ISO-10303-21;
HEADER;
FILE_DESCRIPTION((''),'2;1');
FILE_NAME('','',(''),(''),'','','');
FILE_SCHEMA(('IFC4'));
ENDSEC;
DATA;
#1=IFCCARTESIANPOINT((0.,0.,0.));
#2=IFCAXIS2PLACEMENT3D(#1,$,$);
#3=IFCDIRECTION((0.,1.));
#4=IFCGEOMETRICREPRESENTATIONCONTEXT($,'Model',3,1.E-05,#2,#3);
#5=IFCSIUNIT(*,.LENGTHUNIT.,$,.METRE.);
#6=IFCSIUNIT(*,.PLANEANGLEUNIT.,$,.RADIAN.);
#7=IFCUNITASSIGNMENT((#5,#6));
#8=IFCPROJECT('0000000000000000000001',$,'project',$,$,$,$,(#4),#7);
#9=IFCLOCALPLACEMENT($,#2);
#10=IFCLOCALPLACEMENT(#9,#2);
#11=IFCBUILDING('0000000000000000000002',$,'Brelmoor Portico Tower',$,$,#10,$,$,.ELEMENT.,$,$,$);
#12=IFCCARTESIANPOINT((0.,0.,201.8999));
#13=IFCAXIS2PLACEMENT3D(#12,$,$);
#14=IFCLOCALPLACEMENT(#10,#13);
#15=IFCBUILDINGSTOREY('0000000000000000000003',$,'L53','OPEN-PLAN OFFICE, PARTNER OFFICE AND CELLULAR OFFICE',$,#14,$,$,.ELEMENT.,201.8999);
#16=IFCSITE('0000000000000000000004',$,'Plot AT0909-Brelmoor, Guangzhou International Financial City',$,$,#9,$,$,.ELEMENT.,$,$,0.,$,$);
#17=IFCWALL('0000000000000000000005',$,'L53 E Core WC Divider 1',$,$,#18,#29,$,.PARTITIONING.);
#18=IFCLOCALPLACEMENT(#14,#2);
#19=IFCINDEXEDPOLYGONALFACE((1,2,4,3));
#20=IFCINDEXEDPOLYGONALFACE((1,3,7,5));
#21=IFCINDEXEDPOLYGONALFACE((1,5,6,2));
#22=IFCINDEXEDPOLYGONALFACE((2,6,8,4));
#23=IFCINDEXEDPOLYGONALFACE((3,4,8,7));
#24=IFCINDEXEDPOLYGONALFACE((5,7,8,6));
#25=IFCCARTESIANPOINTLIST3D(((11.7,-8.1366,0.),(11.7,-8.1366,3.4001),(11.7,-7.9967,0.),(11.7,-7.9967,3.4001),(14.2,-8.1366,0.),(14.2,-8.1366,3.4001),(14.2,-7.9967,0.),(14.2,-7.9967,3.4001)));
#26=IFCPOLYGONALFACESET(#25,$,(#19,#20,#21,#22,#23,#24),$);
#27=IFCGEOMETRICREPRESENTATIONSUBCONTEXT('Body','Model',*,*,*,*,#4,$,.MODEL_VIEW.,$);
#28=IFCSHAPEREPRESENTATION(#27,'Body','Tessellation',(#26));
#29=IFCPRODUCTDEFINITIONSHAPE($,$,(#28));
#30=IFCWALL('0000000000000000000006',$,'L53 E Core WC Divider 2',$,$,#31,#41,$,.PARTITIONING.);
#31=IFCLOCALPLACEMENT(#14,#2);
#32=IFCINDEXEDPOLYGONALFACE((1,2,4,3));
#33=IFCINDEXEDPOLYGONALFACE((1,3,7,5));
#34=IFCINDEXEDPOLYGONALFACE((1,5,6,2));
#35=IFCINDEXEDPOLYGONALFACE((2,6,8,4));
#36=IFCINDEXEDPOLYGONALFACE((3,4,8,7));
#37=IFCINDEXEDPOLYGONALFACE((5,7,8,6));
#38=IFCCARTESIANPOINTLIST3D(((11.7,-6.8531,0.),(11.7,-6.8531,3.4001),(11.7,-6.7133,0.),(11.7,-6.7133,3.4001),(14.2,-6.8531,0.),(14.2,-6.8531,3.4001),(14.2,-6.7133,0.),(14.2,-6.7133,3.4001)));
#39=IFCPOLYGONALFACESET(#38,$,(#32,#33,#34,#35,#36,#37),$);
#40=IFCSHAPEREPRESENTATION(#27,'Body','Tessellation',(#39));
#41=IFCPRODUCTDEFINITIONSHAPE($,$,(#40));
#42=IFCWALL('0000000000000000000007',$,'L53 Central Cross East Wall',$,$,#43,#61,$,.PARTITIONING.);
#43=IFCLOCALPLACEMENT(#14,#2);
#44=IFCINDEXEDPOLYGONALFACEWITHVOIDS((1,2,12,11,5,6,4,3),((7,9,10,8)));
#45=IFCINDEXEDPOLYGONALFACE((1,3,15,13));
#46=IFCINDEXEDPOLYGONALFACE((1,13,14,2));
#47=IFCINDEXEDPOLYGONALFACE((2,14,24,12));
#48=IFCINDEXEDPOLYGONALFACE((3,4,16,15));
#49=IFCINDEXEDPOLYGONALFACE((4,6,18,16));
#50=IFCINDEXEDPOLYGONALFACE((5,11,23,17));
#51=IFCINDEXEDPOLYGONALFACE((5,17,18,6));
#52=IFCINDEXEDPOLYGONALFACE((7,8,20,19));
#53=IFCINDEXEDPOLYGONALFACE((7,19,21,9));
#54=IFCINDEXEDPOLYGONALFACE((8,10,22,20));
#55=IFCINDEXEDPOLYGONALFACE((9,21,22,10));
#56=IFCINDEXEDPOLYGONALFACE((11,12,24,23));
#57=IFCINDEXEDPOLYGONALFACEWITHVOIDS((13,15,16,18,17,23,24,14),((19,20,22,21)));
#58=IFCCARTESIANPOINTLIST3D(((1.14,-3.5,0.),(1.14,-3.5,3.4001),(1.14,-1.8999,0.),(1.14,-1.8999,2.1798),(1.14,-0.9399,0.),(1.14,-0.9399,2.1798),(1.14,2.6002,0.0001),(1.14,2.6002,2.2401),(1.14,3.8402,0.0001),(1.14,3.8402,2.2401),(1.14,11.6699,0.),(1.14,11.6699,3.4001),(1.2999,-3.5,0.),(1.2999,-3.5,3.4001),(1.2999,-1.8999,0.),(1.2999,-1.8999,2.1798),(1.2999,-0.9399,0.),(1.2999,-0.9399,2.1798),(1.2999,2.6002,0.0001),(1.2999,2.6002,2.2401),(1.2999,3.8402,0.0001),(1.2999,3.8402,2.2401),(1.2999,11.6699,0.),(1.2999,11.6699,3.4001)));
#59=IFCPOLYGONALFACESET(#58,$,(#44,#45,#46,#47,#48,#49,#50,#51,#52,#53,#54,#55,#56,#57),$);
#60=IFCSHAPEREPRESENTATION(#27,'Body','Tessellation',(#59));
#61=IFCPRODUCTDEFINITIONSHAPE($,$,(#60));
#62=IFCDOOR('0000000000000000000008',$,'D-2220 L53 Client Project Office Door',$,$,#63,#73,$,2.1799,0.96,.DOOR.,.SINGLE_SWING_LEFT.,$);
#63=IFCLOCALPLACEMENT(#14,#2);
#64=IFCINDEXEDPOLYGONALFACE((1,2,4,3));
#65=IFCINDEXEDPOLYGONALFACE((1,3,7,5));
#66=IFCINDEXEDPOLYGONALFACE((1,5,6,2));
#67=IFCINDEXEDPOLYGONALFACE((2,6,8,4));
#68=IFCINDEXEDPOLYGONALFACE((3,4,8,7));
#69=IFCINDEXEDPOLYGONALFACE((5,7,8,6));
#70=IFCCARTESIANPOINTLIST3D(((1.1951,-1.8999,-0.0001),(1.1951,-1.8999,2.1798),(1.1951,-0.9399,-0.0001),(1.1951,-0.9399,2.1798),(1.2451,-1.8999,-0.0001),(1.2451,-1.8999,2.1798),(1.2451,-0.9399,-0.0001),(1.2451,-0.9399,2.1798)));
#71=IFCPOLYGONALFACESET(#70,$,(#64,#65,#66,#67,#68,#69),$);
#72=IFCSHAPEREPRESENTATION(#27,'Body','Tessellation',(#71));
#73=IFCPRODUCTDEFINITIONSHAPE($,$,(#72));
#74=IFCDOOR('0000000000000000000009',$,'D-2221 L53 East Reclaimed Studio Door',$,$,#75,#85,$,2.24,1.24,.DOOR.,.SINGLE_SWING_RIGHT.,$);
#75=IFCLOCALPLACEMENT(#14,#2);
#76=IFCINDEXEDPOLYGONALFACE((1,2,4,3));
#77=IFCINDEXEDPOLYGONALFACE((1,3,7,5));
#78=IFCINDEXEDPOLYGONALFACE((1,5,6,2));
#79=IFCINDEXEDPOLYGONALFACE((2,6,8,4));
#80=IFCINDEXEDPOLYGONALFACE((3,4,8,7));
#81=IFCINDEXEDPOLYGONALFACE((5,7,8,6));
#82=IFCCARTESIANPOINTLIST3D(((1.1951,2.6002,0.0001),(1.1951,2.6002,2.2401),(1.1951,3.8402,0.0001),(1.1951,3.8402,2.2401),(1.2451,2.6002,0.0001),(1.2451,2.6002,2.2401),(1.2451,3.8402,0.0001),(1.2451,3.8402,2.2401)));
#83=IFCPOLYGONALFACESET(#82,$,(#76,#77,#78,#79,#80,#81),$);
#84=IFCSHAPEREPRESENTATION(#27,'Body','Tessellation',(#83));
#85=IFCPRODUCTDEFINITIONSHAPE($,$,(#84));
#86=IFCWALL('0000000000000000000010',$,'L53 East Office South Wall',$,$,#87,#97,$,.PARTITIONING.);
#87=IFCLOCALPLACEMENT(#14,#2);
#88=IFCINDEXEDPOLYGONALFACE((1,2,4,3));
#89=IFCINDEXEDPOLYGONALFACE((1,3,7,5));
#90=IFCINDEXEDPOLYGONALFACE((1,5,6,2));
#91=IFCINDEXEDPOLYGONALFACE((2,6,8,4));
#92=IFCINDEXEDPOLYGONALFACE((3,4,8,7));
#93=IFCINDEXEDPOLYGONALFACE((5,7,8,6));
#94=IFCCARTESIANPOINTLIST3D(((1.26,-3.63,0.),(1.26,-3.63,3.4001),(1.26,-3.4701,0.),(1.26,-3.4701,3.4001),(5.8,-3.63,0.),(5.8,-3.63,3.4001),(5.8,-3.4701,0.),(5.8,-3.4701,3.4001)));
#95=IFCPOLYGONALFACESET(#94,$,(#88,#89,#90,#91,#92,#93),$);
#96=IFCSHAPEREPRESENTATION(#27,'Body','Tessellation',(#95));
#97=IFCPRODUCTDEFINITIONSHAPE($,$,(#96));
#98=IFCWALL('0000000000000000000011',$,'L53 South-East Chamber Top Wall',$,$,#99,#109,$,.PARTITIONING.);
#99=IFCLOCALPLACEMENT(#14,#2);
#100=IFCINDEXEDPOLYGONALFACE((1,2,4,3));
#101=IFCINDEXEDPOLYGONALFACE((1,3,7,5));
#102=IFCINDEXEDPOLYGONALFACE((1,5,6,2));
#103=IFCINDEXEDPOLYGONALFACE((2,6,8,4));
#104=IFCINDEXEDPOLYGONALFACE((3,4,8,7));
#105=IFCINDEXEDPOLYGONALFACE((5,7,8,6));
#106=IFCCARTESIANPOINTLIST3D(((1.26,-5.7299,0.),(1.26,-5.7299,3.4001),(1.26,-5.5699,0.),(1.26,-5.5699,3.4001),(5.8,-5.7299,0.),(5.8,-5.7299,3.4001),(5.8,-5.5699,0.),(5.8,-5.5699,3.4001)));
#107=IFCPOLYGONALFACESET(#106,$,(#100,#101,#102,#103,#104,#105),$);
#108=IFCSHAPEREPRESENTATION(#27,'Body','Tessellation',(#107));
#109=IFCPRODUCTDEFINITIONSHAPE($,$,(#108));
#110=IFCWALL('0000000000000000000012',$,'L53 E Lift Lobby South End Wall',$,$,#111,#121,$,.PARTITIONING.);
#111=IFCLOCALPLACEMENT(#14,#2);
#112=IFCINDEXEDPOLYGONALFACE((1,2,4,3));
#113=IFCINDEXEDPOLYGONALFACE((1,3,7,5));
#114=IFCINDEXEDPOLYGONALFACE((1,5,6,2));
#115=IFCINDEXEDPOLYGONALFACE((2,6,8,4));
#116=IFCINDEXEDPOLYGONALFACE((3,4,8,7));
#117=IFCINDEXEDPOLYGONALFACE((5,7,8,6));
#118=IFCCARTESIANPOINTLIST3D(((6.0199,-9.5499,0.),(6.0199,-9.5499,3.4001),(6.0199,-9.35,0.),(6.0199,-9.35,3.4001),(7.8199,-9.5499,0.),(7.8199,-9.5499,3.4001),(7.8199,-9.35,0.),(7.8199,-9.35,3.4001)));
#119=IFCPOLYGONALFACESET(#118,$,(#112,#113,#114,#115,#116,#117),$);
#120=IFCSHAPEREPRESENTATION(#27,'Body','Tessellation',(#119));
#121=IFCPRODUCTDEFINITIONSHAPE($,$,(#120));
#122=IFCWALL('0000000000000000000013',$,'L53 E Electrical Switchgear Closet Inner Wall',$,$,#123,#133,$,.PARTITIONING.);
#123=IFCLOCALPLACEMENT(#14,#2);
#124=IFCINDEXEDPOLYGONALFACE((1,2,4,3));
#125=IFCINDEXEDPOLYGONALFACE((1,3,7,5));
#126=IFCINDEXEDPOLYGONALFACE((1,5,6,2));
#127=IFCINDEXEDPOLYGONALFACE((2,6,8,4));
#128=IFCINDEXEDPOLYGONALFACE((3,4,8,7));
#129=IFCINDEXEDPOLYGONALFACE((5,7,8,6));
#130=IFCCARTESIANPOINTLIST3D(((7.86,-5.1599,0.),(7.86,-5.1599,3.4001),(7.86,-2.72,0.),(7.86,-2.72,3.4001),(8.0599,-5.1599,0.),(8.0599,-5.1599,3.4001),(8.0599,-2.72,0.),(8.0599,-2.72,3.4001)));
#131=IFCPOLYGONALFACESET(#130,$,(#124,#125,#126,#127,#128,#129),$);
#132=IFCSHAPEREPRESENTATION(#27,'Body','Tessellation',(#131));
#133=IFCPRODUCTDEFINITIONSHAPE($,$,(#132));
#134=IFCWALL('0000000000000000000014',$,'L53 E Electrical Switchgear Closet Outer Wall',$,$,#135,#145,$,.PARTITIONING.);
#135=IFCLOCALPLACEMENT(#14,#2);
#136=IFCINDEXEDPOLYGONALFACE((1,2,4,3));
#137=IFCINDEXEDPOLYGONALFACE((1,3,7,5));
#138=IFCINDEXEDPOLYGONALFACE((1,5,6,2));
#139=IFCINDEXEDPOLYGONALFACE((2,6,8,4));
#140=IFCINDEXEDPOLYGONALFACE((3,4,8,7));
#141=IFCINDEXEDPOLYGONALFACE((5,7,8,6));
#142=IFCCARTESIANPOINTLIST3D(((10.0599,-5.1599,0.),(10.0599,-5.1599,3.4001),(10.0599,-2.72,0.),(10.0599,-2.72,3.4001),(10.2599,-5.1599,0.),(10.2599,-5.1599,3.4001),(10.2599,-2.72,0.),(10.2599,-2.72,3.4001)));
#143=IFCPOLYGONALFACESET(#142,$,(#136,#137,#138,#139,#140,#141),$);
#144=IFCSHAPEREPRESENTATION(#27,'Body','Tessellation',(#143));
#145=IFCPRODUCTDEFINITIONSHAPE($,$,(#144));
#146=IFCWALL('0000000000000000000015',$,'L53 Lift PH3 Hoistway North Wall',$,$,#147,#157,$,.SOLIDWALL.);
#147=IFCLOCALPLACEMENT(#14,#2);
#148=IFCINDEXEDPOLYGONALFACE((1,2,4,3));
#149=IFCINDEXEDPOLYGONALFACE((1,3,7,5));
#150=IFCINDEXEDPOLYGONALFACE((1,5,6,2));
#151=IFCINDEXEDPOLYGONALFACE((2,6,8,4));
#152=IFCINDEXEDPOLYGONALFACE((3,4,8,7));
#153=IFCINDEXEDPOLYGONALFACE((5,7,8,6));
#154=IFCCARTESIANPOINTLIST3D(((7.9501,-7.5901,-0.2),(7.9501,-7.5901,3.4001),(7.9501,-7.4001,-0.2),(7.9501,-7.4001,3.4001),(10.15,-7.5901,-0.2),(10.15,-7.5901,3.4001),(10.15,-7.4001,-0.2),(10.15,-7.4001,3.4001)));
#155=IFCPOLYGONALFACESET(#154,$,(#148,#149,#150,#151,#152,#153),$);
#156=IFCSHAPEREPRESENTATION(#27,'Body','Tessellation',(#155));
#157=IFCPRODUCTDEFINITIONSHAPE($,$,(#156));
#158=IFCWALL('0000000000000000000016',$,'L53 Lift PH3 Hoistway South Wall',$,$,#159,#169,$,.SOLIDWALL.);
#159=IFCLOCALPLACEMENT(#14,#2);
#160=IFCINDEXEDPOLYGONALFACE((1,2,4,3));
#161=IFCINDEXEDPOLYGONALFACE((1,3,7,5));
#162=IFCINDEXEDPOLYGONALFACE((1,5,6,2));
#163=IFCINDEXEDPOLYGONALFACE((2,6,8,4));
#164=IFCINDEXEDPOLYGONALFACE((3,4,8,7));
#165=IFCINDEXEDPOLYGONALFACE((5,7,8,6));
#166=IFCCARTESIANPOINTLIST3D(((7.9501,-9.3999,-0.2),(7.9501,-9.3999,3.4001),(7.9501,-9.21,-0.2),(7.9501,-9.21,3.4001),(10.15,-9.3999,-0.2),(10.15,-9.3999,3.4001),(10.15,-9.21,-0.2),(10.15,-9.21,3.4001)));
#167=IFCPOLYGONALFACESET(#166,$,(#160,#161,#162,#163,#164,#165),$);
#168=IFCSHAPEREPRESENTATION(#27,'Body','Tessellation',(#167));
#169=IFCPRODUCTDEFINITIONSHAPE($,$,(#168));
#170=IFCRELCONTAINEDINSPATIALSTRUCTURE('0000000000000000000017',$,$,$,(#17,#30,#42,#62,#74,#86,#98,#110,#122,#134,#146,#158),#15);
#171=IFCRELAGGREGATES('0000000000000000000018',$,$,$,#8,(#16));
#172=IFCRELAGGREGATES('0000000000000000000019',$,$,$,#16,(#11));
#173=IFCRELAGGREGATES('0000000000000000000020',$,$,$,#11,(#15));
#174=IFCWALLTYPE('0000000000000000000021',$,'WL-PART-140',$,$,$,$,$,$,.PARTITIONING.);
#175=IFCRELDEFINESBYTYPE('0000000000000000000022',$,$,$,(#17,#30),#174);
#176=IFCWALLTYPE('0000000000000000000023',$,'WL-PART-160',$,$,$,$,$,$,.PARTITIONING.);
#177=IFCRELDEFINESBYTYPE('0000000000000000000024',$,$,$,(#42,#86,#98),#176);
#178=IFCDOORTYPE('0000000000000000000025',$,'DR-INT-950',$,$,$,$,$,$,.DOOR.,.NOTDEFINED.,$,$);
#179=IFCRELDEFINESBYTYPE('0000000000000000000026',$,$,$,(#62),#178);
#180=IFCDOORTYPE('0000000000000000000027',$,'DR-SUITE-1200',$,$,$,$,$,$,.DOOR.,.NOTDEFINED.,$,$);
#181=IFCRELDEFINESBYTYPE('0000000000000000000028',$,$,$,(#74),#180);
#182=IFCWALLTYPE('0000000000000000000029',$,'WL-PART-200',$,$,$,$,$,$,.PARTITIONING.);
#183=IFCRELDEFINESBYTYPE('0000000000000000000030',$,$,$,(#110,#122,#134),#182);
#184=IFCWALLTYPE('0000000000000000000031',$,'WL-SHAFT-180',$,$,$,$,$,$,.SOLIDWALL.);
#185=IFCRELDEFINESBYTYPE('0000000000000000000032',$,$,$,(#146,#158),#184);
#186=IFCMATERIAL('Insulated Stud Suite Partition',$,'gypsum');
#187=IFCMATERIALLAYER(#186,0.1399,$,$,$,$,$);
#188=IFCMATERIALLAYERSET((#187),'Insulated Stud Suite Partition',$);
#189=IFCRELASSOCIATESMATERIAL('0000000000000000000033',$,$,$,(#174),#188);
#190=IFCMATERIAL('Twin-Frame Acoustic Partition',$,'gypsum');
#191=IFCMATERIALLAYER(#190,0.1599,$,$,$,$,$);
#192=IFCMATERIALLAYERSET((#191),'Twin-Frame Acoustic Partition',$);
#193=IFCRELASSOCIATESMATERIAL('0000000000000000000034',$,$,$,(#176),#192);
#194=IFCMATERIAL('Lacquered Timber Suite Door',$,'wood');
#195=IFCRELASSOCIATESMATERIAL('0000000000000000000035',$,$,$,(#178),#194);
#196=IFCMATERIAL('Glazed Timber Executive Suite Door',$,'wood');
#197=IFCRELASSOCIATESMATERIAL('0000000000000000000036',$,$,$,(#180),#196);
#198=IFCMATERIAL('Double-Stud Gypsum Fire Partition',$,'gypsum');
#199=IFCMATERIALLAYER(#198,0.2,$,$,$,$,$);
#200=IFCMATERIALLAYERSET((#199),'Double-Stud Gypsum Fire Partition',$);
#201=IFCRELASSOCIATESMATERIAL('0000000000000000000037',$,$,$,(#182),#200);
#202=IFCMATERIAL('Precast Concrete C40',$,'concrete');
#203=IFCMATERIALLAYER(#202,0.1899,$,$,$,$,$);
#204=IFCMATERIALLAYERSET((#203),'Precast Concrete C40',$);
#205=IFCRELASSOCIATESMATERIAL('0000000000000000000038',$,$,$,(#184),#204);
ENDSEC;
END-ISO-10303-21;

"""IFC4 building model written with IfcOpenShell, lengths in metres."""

from ifc_helpers import new_model, si_unit, direction, frame, frame_2d, origin, place, context, subcontext, project, spatial, rectangle, extrude, material, layer, layer_set, type_object, element, fill, save


model = new_model("IFC4")

# Units and contexts
model_context = context("Model", 3, precision=1e-05, world=origin(), true_north=direction((0.0, 1.0)))
body_context = subcontext(model_context, "Body", "Model", "MODEL_VIEW")
ifc_project = project(units=[si_unit("LENGTHUNIT", "METRE"), si_unit("PLANEANGLEUNIT", "RADIAN")], contexts=[model_context])

# Site, building, storey
site_placement = place(None, origin())
site = spatial("IfcSite", under=ifc_project, at=site_placement, Name="Plot AT0909-Brelmoor, Guangzhou International Financial City", CompositionType="ELEMENT", RefElevation=0.0)
building_placement = place(site_placement, origin())
building = spatial("IfcBuilding", under=site, at=building_placement, Name="Brelmoor Portico Tower", CompositionType="ELEMENT")
storey_placement = place(building_placement, frame((0.0, 0.0, 201.8999)))
storey = spatial("IfcBuildingStorey", under=building, at=storey_placement, Name="L53", Description="OPEN-PLAN OFFICE, PARTNER OFFICE AND CELLULAR OFFICE", CompositionType="ELEMENT", Elevation=201.8999)

# Walls
ifc_material_1 = material(Name="Insulated Stud Suite Partition", Category="gypsum")
ifc_layer_1 = layer(ifc_material_1, 0.1399)
ifc_layer_set_1 = layer_set([ifc_layer_1], Name="Insulated Stud Suite Partition")
wall_type_1 = type_object("IfcWallType", Name="WL-PART-140", PredefinedType="PARTITIONING", material=ifc_layer_set_1)
for number, where, z_axis, x_axis, name in (
    (1, (11.7, -8.0667, 0.0), (0.0, 0.0, 1.0), (1.0, 0.0, 0.0), "L53 E Core WC Divider 1"),
    (2, (11.7, -6.7832, 0.0), (0.0, 0.0, 1.0), (1.0, 0.0, 0.0), "L53 E Core WC Divider 2"),
):
    element("IfcWall", number, at=place(storey_placement, frame(where, z_axis=z_axis, x_axis=x_axis)), inside=storey, type_object=wall_type_1, Name=name, PredefinedType="PARTITIONING", context=body_context, shape_type="SweptSolid", body=[
        extrude(rectangle(XDim=2.5, YDim=0.1399, at=frame_2d((1.25, 0.0))), origin(), (0.0, 0.0, 1.0), 3.4001),
    ])

# Wall, openings, doors
ifc_material_2 = material(Name="Twin-Frame Acoustic Partition", Category="gypsum")
ifc_layer_2 = layer(ifc_material_2, 0.1599)
ifc_layer_set_2 = layer_set([ifc_layer_2], Name="Twin-Frame Acoustic Partition")
wall_type_2 = type_object("IfcWallType", Name="WL-PART-160", PredefinedType="PARTITIONING", material=ifc_layer_set_2)
wall_1_placement = place(storey_placement, frame((1.22, -3.5, 0.0), z_axis=(0.0, 0.0, 1.0), x_axis=(0.0, 1.0, 0.0)))
wall_1 = element("IfcWall", 3, at=wall_1_placement, inside=storey, type_object=wall_type_2, Name="L53 Central Cross East Wall", PredefinedType="PARTITIONING", context=body_context, shape_type="SweptSolid", body=[
    extrude(rectangle(XDim=15.1699, YDim=0.1599, at=frame_2d((7.585, 0.0))), origin(), (0.0, 0.0, 1.0), 3.4001),
])
opening_1_placement = place(wall_1_placement, frame((6.1001, 0.0, 0.0)))
opening_1 = element("IfcOpeningElement", 4, at=opening_1_placement, cuts=wall_1, PredefinedType="OPENING", context=body_context, shape_type="SweptSolid", body=[
    extrude(rectangle(XDim=1.24, YDim=2.24, at=frame_2d((0.6201, 1.1201))), frame((0.0, 0.0898, 0.0), z_axis=(0.0, -1.0, 0.0), x_axis=(1.0, 0.0, 0.0)), (0.0, 0.0, 1.0), 0.1799),
])
opening_2_placement = place(wall_1_placement, frame((1.6001, 0.0, 0.0)))
opening_2 = element("IfcOpeningElement", 5, at=opening_2_placement, cuts=wall_1, PredefinedType="OPENING", context=body_context, shape_type="SweptSolid", body=[
    extrude(rectangle(XDim=0.96, YDim=2.1799, at=frame_2d((0.48, 1.0898))), frame((0.0, 0.0898, 0.0), z_axis=(0.0, -1.0, 0.0), x_axis=(1.0, 0.0, 0.0)), (0.0, 0.0, 1.0), 0.1799),
])
ifc_material_3 = material(Name="Lacquered Timber Suite Door", Category="wood")
door_type_1 = type_object("IfcDoorType", Name="DR-INT-950", OperationType="NOTDEFINED", PredefinedType="DOOR", material=ifc_material_3)
door_1_placement = place(opening_2_placement, origin())
door_1 = element("IfcDoor", 6, at=door_1_placement, inside=storey, type_object=door_type_1, Name="D-2220 L53 Client Project Office Door", OperationType="SINGLE_SWING_LEFT", OverallHeight=2.1799, OverallWidth=0.96, PredefinedType="DOOR", context=body_context, shape_type="SweptSolid", body=[
    extrude(rectangle(XDim=0.96, YDim=2.1799, at=frame_2d((0.48, 1.0898))), frame((0.0, 0.0249, 0.0), z_axis=(0.0, -1.0, 0.0), x_axis=(1.0, 0.0, 0.0)), (0.0, 0.0, 1.0), 0.05),
])
fill(opening_2, door_1)
ifc_material_4 = material(Name="Glazed Timber Executive Suite Door", Category="wood")
door_type_2 = type_object("IfcDoorType", Name="DR-SUITE-1200", OperationType="NOTDEFINED", PredefinedType="DOOR", material=ifc_material_4)
door_2_placement = place(opening_1_placement, origin())
door_2 = element("IfcDoor", 7, at=door_2_placement, inside=storey, type_object=door_type_2, Name="D-2221 L53 East Reclaimed Studio Door", OperationType="SINGLE_SWING_RIGHT", OverallHeight=2.24, OverallWidth=1.24, PredefinedType="DOOR", context=body_context, shape_type="SweptSolid", body=[
    extrude(rectangle(XDim=1.24, YDim=2.24, at=frame_2d((0.6201, 1.1201))), frame((0.0, 0.0249, 0.0), z_axis=(0.0, -1.0, 0.0), x_axis=(1.0, 0.0, 0.0)), (0.0, 0.0, 1.0), 0.05),
])
fill(opening_1, door_2)

# Walls
for number, where, z_axis, x_axis, name in (
    (8, (1.26, -3.55, 0.0), (0.0, 0.0, 1.0), (1.0, 0.0, 0.0), "L53 East Office South Wall"),
    (9, (1.26, -5.6499, 0.0), (0.0, 0.0, 1.0), (1.0, 0.0, 0.0), "L53 South-East Chamber Top Wall"),
):
    element("IfcWall", number, at=place(storey_placement, frame(where, z_axis=z_axis, x_axis=x_axis)), inside=storey, type_object=wall_type_2, Name=name, PredefinedType="PARTITIONING", context=body_context, shape_type="SweptSolid", body=[
        extrude(rectangle(XDim=4.54, YDim=0.1599, at=frame_2d((2.27, 0.0))), origin(), (0.0, 0.0, 1.0), 3.4001),
    ])
ifc_material_5 = material(Name="Double-Stud Gypsum Fire Partition", Category="gypsum")
ifc_layer_3 = layer(ifc_material_5, 0.2)
ifc_layer_set_3 = layer_set([ifc_layer_3], Name="Double-Stud Gypsum Fire Partition")
wall_type_3 = type_object("IfcWallType", Name="WL-PART-200", PredefinedType="PARTITIONING", material=ifc_layer_set_3)
wall_2_placement = place(storey_placement, frame((6.02, -9.45, 0.0), z_axis=(0.0, 0.0, 1.0), x_axis=(1.0, 0.0, 0.0)))
element("IfcWall", 10, at=wall_2_placement, inside=storey, type_object=wall_type_3, Name="L53 E Lift Lobby South End Wall", PredefinedType="PARTITIONING", context=body_context, shape_type="SweptSolid", body=[
    extrude(rectangle(XDim=1.8, YDim=0.2, at=frame_2d((0.8999, 0.0))), origin(), (0.0, 0.0, 1.0), 3.4001),
])
for number, where, z_axis, x_axis, name in (
    (11, (7.96, -5.1599, 0.0), (0.0, 0.0, 1.0), (0.0, 1.0, 0.0), "L53 E Electrical Switchgear Closet Inner Wall"),
    (12, (10.1599, -5.1599, 0.0), (0.0, 0.0, 1.0), (0.0, 1.0, 0.0), "L53 E Electrical Switchgear Closet Outer Wall"),
):
    element("IfcWall", number, at=place(storey_placement, frame(where, z_axis=z_axis, x_axis=x_axis)), inside=storey, type_object=wall_type_3, Name=name, PredefinedType="PARTITIONING", context=body_context, shape_type="SweptSolid", body=[
        extrude(rectangle(XDim=2.4399, YDim=0.2, at=frame_2d((1.22, 0.0))), origin(), (0.0, 0.0, 1.0), 3.4001),
    ])
ifc_material_6 = material(Name="Precast Concrete C40", Category="concrete")
ifc_layer_4 = layer(ifc_material_6, 0.1899)
ifc_layer_set_4 = layer_set([ifc_layer_4], Name="Precast Concrete C40")
wall_type_4 = type_object("IfcWallType", Name="WL-SHAFT-180", PredefinedType="SOLIDWALL", material=ifc_layer_set_4)
for number, where, z_axis, x_axis, name in (
    (13, (7.95, -7.4951, -0.2), (0.0, 0.0, 1.0), (1.0, 0.0, 0.0), "L53 Lift PH3 Hoistway North Wall"),
    (14, (7.95, -9.3049, -0.2), (0.0, 0.0, 1.0), (1.0, 0.0, 0.0), "L53 Lift PH3 Hoistway South Wall"),
):
    element("IfcWall", number, at=place(storey_placement, frame(where, z_axis=z_axis, x_axis=x_axis)), inside=storey, type_object=wall_type_4, Name=name, PredefinedType="SOLIDWALL", context=body_context, shape_type="SweptSolid", body=[
        extrude(rectangle(XDim=2.2, YDim=0.1899, at=frame_2d((1.1001, 0.0))), origin(), (0.0, 0.0, 1.0), 3.6001),
    ])

save(model, "model.ifc")
